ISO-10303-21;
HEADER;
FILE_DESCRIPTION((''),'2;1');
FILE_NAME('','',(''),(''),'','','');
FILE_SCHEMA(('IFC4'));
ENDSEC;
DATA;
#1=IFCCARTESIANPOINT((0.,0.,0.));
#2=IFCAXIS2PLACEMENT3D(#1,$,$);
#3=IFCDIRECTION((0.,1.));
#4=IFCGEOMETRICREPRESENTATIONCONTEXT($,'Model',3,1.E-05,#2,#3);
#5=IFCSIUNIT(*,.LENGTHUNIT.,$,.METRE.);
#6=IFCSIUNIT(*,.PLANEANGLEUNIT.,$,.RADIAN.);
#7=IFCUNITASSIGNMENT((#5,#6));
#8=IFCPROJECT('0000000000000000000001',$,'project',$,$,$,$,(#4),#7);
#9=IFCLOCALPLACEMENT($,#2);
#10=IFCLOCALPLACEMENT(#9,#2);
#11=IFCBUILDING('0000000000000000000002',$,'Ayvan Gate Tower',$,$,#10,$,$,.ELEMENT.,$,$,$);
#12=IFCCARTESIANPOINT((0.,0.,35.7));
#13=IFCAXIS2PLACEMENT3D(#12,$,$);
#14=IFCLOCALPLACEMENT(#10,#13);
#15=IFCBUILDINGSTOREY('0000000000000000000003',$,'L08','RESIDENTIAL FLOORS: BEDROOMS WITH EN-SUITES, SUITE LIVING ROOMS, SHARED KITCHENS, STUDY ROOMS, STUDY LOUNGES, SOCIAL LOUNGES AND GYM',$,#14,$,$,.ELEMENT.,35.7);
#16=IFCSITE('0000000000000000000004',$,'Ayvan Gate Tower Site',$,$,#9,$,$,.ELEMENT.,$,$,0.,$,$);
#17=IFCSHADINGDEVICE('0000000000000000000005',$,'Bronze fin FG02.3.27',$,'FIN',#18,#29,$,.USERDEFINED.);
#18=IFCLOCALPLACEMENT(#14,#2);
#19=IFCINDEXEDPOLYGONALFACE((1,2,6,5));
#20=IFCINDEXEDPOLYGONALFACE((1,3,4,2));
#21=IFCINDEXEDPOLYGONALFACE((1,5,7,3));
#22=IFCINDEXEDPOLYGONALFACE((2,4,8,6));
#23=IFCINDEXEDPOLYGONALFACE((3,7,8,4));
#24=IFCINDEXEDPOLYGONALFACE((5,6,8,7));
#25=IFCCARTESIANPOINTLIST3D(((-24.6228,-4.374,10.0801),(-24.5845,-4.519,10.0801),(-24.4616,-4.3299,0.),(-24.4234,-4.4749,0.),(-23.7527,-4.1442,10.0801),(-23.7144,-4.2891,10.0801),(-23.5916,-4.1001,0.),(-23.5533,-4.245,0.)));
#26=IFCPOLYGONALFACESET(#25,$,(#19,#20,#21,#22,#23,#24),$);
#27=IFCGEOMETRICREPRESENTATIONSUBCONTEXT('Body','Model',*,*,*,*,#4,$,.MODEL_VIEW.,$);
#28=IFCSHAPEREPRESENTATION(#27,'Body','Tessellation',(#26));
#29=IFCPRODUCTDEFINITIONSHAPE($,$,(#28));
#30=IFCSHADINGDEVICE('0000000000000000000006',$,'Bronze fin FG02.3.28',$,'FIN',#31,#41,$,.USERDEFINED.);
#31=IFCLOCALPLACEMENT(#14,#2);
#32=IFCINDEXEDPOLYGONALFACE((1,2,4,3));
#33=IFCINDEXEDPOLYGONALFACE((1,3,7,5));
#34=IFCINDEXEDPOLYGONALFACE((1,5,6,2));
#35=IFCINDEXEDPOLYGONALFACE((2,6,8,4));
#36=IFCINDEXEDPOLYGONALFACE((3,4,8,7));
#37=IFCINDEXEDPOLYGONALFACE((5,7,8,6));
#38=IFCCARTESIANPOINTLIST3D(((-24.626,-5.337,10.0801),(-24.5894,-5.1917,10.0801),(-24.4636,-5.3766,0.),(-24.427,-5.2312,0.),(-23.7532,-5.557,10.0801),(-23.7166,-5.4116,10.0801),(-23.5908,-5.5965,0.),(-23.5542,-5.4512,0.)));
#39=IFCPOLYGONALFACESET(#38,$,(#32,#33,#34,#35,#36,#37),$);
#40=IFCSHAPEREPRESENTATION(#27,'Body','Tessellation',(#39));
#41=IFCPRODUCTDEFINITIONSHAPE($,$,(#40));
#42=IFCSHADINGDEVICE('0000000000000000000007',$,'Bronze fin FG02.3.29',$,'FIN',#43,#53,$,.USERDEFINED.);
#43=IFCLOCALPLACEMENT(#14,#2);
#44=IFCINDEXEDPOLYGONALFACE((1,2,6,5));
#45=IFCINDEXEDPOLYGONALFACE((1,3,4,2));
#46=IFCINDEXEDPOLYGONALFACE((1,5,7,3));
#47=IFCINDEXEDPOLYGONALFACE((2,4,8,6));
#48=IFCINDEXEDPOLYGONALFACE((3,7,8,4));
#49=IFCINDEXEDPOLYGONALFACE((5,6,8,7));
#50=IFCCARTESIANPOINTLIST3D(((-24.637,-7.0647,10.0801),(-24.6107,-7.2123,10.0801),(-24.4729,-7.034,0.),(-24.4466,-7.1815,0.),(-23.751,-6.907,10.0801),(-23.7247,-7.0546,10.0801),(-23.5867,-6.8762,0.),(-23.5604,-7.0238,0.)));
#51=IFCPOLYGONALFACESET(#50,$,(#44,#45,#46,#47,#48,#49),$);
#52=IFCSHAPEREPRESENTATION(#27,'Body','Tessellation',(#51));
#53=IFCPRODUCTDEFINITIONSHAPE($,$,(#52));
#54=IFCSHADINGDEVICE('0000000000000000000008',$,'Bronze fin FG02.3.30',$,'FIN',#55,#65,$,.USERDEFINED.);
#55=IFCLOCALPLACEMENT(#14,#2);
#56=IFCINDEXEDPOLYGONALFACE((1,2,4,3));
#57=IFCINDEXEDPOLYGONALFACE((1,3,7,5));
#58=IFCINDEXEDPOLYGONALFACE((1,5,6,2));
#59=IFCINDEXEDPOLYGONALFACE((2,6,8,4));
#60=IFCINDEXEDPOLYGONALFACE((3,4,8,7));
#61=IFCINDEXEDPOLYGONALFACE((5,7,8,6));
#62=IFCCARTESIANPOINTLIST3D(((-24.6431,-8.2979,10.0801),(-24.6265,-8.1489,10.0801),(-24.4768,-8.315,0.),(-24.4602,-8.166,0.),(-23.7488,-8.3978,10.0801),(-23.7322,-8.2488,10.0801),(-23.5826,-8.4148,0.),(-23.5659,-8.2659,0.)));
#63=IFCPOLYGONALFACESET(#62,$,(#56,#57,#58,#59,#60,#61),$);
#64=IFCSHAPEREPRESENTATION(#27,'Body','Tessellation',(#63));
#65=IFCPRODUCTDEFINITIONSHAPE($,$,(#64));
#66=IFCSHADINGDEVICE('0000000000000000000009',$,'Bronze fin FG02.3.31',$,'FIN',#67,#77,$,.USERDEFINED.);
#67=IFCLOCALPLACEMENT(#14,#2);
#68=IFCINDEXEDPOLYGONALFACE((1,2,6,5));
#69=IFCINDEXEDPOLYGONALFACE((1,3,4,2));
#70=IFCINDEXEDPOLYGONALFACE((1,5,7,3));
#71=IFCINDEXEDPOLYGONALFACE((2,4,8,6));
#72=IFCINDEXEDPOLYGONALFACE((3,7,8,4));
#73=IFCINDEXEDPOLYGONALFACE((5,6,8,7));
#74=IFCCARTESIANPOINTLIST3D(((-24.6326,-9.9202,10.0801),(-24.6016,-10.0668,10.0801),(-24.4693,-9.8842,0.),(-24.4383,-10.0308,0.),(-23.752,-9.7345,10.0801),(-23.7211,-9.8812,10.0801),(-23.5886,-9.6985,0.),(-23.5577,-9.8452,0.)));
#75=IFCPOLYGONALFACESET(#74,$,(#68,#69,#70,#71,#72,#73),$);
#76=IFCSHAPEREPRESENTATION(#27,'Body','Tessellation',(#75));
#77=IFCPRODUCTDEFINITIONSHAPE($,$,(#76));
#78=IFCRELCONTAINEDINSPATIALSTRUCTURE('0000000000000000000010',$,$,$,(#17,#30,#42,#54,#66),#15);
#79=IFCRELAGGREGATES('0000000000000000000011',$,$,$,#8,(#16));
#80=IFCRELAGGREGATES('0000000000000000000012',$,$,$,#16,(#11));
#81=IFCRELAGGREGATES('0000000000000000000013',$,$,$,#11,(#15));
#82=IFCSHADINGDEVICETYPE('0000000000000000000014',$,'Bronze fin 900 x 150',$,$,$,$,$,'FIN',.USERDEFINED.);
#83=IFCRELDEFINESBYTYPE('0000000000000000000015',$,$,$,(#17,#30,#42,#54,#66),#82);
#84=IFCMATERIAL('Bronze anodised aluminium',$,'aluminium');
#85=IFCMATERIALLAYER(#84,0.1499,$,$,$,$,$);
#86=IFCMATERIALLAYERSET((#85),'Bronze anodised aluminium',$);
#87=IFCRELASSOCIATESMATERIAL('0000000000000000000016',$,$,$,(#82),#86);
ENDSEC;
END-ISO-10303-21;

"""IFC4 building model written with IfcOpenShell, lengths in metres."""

from ifc_helpers import new_model, si_unit, direction, frame, origin, place, context, subcontext, project, spatial, polyline, outline, extrude, material, layer, layer_set, type_object, element, save


model = new_model("IFC4")

# Units and contexts
model_context = context("Model", 3, precision=1e-05, world=origin(), true_north=direction((0.0, 1.0)))
body_context = subcontext(model_context, "Body", "Model", "MODEL_VIEW")
ifc_project = project(units=[si_unit("LENGTHUNIT", "METRE"), si_unit("PLANEANGLEUNIT", "RADIAN")], contexts=[model_context])

# Site, building, storey
site_placement = place(None, origin())
site = spatial("IfcSite", under=ifc_project, at=site_placement, Name="Ayvan Gate Tower Site", CompositionType="ELEMENT", RefElevation=0.0)
building_placement = place(site_placement, origin())
building = spatial("IfcBuilding", under=site, at=building_placement, Name="Ayvan Gate Tower", CompositionType="ELEMENT")
storey_placement = place(building_placement, frame((0.0, 0.0, 35.7)))
storey = spatial("IfcBuildingStorey", under=building, at=storey_placement, Name="L08", Description="RESIDENTIAL FLOORS: BEDROOMS WITH EN-SUITES, SUITE LIVING ROOMS, SHARED KITCHENS, STUDY ROOMS, STUDY LOUNGES, SOCIAL LOUNGES AND GYM", CompositionType="ELEMENT", Elevation=35.7)

# Shared definitions
ifc_material_1 = material(Name="Bronze anodised aluminium", Category="aluminium")

# Shading devices
ifc_layer_1 = layer(ifc_material_1, 0.1499)
ifc_layer_set_1 = layer_set([ifc_layer_1], Name="Bronze anodised aluminium")
shading_device_type = type_object("IfcShadingDeviceType", Name="Bronze fin 900 x 150", ElementType="FIN", PredefinedType="USERDEFINED", material=ifc_layer_set_1)
shading_device_1_placement = place(storey_placement, frame((-23.5916, -4.1001, 0.0), z_axis=(-0.255408, 0.966833, 0.000144), x_axis=(-0.966833, -0.255408, 0.0)))
element("IfcShadingDevice", 1, at=shading_device_1_placement, inside=storey, type_object=shading_device_type, Name="Bronze fin FG02.3.27", ObjectType="FIN", PredefinedType="USERDEFINED", context=body_context, shape_type="SweptSolid", body=[
    extrude(outline(polyline([(0.0, 0.0), (0.8999, 0.0), (1.067, 10.0801), (0.167, 10.0801), (0.0, 0.0)])), origin(), (0.0, 0.0, -1.0), 0.1499),
])
shading_device_2_placement = place(storey_placement, frame((-23.5542, -5.4512, 0.0), z_axis=(0.244386, 0.969678, 0.000131), x_axis=(-0.969678, 0.244386, 0.0)))
element("IfcShadingDevice", 2, at=shading_device_2_placement, inside=storey, type_object=shading_device_type, Name="Bronze fin FG02.3.28", ObjectType="FIN", PredefinedType="USERDEFINED", context=body_context, shape_type="SweptSolid", body=[
    extrude(outline(polyline([(0.0, 0.0), (0.9001, 0.0), (1.0672, 10.0801), (0.1671, 10.0801), (0.0, 0.0)])), origin(), (0.0, 0.0, -1.0), 0.1499),
])
shading_device_3_placement = place(storey_placement, frame((-23.5867, -6.8762, 0.0), z_axis=(-0.175232, 0.984527, 0.00015), x_axis=(-0.984527, -0.175232, 0.0)))
element("IfcShadingDevice", 3, at=shading_device_3_placement, inside=storey, type_object=shading_device_type, Name="Bronze fin FG02.3.29", ObjectType="FIN", PredefinedType="USERDEFINED", context=body_context, shape_type="SweptSolid", body=[
    extrude(outline(polyline([(0.0, 0.0), (0.9002, 0.0), (1.0671, 10.0801), (0.1672, 10.0801), (0.0, 0.0)])), origin(), (0.0, 0.0, -1.0), 0.1499),
])
shading_device_4_placement = place(storey_placement, frame((-23.5659, -8.2659, 0.0), z_axis=(0.110968, 0.993824, 0.000145), x_axis=(-0.993824, 0.110968, 0.0)))
element("IfcShadingDevice", 4, at=shading_device_4_placement, inside=storey, type_object=shading_device_type, Name="Bronze fin FG02.3.30", ObjectType="FIN", PredefinedType="USERDEFINED", context=body_context, shape_type="SweptSolid", body=[
    extrude(outline(polyline([(0.0, 0.0), (0.8998, 0.0), (1.067, 10.0801), (0.1671, 10.0801), (0.0, 0.0)])), origin(), (0.0, 0.0, -1.0), 0.1499),
])
shading_device_5_placement = place(storey_placement, frame((-23.5886, -9.6985, 0.0), z_axis=(-0.206304, 0.978488, 0.000153), x_axis=(-0.978488, -0.206304, 0.0)))
element("IfcShadingDevice", 5, at=shading_device_5_placement, inside=storey, type_object=shading_device_type, Name="Bronze fin FG02.3.31", ObjectType="FIN", PredefinedType="USERDEFINED", context=body_context, shape_type="SweptSolid", body=[
    extrude(outline(polyline([(0.0, 0.0), (0.9, 0.0), (1.0672, 10.0801), (0.1673, 10.0801), (0.0, 0.0)])), origin(), (0.0, 0.0, -1.0), 0.1499),
])

save(model, "model.ifc")
